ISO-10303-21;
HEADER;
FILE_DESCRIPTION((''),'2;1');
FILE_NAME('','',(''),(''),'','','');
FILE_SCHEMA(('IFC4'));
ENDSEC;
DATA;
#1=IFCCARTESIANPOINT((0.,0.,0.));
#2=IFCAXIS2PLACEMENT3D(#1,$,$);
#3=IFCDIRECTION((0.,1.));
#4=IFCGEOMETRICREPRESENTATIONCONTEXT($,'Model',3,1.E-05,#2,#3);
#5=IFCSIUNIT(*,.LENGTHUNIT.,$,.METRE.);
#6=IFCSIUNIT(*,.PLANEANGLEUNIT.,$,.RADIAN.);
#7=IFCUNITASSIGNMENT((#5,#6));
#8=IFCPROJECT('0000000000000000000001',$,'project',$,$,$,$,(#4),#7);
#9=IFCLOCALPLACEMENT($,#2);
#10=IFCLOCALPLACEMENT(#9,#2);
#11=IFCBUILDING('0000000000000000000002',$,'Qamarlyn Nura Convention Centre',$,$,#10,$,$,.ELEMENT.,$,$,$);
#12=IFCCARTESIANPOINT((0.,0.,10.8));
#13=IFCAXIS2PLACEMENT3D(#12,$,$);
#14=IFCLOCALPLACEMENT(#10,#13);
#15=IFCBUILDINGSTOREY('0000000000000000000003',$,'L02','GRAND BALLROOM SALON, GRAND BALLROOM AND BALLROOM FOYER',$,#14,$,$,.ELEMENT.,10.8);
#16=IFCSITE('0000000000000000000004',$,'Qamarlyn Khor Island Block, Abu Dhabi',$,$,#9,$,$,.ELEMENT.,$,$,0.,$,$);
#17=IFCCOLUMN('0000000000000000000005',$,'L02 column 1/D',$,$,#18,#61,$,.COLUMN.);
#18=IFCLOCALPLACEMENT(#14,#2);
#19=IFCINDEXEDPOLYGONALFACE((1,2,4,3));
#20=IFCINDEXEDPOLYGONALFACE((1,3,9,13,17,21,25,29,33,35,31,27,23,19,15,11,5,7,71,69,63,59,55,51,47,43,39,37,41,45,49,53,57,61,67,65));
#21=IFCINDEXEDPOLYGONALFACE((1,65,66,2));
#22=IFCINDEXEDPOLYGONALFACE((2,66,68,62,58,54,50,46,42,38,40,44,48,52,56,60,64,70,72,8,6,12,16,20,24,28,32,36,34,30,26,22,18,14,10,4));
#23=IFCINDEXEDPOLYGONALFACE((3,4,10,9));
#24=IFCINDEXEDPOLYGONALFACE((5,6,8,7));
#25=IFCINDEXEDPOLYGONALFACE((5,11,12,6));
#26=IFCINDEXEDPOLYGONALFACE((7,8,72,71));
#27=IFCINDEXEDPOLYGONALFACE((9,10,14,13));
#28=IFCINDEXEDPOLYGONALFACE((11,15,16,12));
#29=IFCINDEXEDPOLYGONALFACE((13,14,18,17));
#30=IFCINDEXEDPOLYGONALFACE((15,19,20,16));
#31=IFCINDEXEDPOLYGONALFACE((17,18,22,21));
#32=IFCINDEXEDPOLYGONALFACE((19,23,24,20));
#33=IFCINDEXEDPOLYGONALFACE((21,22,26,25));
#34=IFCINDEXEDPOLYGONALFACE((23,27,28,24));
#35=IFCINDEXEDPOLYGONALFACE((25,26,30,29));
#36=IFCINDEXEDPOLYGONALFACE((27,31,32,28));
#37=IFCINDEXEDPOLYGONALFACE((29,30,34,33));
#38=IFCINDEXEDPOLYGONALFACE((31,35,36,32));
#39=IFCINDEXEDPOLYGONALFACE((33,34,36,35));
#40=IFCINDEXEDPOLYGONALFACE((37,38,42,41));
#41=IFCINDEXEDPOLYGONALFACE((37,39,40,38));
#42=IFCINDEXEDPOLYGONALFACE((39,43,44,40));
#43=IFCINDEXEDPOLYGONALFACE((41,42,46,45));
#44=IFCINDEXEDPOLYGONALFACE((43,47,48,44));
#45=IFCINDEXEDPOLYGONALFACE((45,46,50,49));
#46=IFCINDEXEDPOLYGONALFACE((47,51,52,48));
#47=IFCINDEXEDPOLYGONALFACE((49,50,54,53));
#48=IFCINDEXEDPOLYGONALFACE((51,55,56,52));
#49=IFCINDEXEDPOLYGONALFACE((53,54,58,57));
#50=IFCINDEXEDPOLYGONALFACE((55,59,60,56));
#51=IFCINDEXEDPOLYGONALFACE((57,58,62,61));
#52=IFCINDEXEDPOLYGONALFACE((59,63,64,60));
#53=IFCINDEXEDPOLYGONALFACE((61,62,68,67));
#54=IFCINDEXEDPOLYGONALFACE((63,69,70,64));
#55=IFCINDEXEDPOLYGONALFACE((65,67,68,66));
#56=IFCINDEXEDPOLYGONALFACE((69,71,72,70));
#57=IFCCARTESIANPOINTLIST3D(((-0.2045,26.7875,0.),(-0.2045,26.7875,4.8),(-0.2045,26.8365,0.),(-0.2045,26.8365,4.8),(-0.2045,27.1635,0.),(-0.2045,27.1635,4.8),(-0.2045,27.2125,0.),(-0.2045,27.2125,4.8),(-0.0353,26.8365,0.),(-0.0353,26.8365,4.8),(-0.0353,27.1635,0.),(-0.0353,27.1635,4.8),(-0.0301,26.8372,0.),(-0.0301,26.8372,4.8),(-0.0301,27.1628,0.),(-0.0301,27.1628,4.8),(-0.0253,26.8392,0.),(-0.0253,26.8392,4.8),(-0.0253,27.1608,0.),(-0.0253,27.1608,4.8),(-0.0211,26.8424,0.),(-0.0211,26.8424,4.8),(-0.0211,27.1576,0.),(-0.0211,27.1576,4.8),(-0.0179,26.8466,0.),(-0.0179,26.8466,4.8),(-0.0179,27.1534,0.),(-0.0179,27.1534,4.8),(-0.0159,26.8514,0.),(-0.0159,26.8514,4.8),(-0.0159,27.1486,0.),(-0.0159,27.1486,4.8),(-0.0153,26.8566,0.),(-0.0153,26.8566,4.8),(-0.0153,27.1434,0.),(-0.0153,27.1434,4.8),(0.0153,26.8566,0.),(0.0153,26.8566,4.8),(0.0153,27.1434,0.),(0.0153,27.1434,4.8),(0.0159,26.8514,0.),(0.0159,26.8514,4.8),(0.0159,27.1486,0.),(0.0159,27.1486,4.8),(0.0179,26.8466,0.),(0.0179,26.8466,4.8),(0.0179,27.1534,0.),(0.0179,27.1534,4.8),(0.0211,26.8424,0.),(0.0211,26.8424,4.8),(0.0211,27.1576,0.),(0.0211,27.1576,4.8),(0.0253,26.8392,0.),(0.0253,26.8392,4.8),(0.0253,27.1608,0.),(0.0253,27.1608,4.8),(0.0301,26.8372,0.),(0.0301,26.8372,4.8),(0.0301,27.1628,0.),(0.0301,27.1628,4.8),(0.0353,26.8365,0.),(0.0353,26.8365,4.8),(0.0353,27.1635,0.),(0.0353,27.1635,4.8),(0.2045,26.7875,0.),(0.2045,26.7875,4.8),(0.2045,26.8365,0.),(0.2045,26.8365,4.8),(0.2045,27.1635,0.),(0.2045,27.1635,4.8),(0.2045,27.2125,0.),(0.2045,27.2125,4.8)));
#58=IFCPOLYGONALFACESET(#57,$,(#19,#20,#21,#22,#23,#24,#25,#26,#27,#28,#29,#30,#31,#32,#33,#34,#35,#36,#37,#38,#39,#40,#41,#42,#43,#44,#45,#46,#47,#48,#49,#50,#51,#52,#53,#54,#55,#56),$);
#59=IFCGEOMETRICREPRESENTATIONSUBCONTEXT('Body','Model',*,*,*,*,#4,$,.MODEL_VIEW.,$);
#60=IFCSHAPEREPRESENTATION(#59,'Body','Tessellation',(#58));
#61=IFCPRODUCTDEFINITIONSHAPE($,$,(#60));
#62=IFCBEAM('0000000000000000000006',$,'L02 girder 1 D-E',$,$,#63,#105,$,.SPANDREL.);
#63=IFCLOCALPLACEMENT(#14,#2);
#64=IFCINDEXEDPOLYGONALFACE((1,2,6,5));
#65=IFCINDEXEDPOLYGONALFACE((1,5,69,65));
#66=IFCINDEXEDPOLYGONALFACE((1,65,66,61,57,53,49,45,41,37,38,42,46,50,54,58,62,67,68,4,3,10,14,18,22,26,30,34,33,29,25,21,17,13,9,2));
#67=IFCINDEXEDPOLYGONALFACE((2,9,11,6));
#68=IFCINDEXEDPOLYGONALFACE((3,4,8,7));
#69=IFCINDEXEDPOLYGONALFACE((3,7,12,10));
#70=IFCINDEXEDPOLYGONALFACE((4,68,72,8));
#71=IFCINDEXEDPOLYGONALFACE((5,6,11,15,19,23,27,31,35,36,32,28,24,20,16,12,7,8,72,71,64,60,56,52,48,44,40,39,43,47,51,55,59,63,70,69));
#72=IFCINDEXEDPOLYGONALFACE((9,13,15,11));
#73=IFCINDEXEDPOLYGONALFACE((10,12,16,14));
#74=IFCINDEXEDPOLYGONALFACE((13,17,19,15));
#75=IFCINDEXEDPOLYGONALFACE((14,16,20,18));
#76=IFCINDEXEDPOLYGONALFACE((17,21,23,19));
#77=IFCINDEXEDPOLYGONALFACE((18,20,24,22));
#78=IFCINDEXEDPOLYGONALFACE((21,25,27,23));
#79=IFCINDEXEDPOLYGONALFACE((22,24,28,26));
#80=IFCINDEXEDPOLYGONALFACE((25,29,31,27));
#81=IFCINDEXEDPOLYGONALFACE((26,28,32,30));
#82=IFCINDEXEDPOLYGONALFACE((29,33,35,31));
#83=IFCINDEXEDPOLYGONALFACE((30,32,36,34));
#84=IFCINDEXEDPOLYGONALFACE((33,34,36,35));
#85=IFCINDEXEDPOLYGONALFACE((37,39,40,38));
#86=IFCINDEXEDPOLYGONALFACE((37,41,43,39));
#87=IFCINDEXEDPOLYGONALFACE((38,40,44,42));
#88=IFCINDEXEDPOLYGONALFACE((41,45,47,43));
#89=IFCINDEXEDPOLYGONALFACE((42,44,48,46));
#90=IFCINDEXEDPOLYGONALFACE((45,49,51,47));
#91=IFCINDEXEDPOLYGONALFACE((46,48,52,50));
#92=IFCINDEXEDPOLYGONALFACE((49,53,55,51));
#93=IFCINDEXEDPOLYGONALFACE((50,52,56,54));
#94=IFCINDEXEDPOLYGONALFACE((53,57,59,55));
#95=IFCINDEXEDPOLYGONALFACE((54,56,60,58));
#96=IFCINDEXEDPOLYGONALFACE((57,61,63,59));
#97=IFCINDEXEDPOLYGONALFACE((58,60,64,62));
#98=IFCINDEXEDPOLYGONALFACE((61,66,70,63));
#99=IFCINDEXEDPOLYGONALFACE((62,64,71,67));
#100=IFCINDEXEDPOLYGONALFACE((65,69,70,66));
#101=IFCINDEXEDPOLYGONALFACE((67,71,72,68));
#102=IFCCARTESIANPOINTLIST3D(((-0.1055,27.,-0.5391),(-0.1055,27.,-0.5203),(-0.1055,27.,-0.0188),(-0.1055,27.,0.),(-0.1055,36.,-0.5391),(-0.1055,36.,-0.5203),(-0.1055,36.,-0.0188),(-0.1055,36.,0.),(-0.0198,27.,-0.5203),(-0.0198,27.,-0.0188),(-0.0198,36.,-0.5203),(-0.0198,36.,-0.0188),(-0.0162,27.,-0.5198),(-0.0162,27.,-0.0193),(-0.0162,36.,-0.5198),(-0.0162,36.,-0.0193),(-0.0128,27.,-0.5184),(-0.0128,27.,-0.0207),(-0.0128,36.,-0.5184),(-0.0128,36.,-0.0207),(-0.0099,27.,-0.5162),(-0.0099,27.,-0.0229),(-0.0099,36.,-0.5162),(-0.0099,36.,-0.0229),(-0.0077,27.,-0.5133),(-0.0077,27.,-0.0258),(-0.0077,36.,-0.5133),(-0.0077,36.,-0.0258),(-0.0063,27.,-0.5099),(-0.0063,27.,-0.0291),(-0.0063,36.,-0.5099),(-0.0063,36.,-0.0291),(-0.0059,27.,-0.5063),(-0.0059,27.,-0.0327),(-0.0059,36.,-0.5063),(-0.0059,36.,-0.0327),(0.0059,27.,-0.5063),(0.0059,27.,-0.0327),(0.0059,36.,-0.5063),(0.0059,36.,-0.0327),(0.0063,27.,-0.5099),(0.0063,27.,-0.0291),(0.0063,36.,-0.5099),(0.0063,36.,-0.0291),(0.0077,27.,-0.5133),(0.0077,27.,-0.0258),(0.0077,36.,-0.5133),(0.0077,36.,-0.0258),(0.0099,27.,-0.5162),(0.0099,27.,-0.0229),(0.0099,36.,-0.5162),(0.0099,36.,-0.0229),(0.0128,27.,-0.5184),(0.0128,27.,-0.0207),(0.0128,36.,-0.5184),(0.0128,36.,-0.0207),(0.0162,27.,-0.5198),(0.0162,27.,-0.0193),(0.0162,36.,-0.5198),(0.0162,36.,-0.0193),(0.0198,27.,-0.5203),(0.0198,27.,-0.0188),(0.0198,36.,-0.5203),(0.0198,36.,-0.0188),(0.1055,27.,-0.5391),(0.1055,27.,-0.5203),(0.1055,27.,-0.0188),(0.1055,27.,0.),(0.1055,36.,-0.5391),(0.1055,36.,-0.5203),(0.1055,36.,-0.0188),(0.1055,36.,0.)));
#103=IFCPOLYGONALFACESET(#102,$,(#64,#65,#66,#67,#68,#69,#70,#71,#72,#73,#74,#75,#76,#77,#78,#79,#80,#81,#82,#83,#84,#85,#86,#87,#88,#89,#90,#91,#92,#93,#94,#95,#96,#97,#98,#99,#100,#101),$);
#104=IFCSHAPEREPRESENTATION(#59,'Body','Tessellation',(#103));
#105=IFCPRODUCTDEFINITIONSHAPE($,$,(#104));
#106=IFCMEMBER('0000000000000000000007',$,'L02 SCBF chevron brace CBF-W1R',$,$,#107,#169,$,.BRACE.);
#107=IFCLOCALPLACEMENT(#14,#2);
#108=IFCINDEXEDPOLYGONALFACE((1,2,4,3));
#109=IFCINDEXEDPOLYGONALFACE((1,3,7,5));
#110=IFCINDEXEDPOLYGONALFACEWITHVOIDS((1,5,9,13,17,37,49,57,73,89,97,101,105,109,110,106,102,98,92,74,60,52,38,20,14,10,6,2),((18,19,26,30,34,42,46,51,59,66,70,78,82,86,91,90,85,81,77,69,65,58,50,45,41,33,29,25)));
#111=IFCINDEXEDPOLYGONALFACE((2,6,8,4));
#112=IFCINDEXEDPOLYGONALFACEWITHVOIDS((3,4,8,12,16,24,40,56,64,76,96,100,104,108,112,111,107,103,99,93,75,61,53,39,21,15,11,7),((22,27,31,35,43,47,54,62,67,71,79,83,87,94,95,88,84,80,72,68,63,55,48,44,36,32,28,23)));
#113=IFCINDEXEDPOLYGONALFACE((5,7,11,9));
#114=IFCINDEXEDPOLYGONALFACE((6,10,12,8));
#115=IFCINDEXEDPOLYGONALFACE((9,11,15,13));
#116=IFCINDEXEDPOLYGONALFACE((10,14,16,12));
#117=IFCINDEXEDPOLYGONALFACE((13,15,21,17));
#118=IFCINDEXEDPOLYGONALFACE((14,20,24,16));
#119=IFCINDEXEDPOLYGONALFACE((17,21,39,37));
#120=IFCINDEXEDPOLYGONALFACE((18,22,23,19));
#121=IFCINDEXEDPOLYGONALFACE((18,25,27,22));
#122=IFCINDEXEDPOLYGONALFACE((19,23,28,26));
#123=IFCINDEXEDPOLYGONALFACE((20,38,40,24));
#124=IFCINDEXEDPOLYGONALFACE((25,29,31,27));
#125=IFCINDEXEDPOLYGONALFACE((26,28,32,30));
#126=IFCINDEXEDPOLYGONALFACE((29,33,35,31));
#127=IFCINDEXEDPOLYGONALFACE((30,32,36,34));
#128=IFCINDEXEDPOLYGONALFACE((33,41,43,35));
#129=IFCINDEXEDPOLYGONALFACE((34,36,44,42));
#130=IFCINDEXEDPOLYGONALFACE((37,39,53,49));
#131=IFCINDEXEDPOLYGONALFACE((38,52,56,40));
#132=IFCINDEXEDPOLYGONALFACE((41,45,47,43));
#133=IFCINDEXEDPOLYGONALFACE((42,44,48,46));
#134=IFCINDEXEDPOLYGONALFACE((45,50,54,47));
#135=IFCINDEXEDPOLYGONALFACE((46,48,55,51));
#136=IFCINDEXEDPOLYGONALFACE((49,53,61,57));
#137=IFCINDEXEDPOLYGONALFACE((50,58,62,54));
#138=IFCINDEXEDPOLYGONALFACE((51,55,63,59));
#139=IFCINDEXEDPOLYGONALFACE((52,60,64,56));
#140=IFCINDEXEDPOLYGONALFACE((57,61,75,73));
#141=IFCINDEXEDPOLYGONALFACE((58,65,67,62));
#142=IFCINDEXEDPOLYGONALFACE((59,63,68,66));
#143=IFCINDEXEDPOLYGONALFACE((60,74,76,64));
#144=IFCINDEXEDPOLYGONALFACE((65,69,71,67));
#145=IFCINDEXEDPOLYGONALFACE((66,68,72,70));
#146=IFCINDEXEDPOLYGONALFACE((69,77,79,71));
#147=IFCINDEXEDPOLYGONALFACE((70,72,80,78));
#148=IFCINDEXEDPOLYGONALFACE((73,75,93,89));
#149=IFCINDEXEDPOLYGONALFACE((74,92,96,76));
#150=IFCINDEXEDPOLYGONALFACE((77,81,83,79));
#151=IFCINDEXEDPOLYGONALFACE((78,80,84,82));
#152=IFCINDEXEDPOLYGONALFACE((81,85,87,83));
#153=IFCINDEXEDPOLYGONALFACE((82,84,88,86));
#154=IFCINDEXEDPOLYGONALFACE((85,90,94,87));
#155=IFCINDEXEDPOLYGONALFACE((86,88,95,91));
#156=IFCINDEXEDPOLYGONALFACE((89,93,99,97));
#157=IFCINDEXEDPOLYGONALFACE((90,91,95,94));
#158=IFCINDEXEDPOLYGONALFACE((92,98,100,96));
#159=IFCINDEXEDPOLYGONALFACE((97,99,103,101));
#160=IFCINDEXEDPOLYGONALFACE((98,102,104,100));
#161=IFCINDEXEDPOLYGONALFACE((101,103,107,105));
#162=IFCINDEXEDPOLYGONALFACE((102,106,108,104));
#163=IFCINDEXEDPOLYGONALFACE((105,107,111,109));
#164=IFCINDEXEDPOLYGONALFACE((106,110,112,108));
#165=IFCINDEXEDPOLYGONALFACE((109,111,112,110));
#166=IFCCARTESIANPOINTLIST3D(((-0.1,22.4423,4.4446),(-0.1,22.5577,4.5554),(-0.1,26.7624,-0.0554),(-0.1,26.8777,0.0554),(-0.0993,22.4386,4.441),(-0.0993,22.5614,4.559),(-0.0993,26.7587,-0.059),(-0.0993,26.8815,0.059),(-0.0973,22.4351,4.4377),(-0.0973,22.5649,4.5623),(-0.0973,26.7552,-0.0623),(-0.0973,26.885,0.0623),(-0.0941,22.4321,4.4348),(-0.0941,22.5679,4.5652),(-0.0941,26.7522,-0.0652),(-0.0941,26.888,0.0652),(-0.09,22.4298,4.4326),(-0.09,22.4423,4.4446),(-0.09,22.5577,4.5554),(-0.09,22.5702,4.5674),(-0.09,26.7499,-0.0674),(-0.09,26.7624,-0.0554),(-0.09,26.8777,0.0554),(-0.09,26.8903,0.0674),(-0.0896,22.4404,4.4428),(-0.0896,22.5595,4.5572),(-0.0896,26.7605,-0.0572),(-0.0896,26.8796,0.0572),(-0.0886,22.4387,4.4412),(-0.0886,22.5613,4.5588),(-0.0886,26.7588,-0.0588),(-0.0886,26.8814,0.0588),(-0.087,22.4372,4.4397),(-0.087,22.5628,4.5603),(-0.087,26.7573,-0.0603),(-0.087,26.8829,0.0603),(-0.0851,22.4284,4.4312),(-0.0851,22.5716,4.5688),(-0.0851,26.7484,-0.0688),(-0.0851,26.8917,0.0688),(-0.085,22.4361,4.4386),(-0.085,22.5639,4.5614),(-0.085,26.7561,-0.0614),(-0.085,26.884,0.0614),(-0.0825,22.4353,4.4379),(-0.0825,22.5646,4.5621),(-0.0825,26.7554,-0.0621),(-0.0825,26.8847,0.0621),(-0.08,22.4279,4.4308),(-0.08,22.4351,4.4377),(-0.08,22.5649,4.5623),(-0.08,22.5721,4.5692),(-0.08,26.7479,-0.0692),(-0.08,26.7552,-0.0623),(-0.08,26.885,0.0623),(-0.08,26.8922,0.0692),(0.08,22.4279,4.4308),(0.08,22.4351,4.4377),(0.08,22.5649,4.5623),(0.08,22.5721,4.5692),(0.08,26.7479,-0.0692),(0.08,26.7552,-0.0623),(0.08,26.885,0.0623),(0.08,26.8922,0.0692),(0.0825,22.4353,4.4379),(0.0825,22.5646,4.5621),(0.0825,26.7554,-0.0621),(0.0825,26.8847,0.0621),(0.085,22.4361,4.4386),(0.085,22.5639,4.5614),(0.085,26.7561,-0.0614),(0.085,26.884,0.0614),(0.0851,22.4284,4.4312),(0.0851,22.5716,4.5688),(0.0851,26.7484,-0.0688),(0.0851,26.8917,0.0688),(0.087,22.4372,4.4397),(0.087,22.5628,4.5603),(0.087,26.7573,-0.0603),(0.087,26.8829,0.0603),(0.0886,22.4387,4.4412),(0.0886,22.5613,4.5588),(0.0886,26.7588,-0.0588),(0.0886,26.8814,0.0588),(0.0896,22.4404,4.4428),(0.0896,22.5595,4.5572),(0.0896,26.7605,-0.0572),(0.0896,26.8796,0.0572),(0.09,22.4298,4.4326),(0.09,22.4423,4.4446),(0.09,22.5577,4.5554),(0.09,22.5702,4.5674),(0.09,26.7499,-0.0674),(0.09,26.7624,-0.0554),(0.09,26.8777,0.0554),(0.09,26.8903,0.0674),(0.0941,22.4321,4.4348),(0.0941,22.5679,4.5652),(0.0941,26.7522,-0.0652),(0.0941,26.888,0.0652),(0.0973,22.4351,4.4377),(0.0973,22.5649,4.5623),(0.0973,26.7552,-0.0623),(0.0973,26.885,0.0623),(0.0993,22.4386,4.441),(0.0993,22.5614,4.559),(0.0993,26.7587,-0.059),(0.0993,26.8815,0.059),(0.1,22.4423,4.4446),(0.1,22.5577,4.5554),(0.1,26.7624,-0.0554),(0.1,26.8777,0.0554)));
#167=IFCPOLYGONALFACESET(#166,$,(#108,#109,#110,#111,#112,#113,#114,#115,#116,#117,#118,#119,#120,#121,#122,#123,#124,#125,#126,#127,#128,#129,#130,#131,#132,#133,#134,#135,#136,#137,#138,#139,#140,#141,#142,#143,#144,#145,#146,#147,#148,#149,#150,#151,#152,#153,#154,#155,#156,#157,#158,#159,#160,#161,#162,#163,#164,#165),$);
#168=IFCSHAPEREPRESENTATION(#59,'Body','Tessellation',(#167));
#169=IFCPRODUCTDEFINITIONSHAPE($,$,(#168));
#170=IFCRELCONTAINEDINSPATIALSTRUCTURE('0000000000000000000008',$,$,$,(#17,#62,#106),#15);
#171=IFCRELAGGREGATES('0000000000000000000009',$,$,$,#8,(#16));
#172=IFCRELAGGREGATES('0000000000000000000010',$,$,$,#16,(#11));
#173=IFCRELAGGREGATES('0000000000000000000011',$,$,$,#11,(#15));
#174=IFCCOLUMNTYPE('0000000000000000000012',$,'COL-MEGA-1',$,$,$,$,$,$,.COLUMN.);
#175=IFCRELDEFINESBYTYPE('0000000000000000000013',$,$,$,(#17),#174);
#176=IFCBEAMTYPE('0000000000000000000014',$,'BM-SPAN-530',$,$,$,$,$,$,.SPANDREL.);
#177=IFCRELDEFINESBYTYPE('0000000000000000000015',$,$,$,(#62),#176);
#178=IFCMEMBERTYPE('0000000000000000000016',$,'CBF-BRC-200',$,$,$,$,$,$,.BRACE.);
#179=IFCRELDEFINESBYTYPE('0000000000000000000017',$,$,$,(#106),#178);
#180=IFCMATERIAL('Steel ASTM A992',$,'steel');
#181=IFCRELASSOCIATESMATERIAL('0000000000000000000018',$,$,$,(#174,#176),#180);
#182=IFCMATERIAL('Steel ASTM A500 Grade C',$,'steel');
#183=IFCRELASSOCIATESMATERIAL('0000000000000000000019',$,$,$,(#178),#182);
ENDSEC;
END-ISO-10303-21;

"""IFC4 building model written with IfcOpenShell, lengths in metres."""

from ifc_helpers import new_model, si_unit, direction, frame, origin, origin_2d, place, context, subcontext, project, spatial, hollow_rectangle, i_section, extrude, material, material_profile, profile_set, type_object, element, save


model = new_model("IFC4")

# Units and contexts
model_context = context("Model", 3, precision=1e-05, world=origin(), true_north=direction((0.0, 1.0)))
body_context = subcontext(model_context, "Body", "Model", "MODEL_VIEW")
ifc_project = project(units=[si_unit("LENGTHUNIT", "METRE"), si_unit("PLANEANGLEUNIT", "RADIAN")], contexts=[model_context])

# Site, building, storey
site_placement = place(None, origin())
site = spatial("IfcSite", under=ifc_project, at=site_placement, Name="Qamarlyn Khor Island Block, Abu Dhabi", CompositionType="ELEMENT", RefElevation=0.0)
building_placement = place(site_placement, origin())
building = spatial("IfcBuilding", under=site, at=building_placement, Name="Qamarlyn Nura Convention Centre", CompositionType="ELEMENT")
storey_placement = place(building_placement, frame((0.0, 0.0, 10.8)))
storey = spatial("IfcBuildingStorey", under=building, at=storey_placement, Name="L02", Description="GRAND BALLROOM SALON, GRAND BALLROOM AND BALLROOM FOYER", CompositionType="ELEMENT", Elevation=10.8)

# Column
ifc_material_1 = material(Name="Steel ASTM A992", Category="steel")
ifc_material_profile_1 = material_profile(ifc_material_1, i_section(OverallWidth=0.4089, OverallDepth=0.425, WebThickness=0.0305, FlangeThickness=0.0491, FilletRadius=0.02, at=origin_2d()), Name="W360X421")
ifc_profile_set_1 = profile_set([ifc_material_profile_1], Name="Steel ASTM A992")
column_type = type_object("IfcColumnType", Name="COL-MEGA-1", PredefinedType="COLUMN", material=ifc_profile_set_1)
column_placement = place(storey_placement, frame((0.0, 27.0, 0.0), z_axis=(0.0, 0.0, 1.0), x_axis=(1.0, 0.0, 0.0)))
element("IfcColumn", 1, at=column_placement, inside=storey, type_object=column_type, Name="L02 column 1/D", PredefinedType="COLUMN", context=body_context, shape_type="SweptSolid", body=[
    extrude(i_section(OverallWidth=0.4089, OverallDepth=0.425, WebThickness=0.0305, FlangeThickness=0.0491, FilletRadius=0.02, at=origin_2d()), origin(), (0.0, 0.0, 1.0), 4.8),
])

# Beam
ifc_material_profile_2 = material_profile(ifc_material_1, i_section(OverallWidth=0.2109, OverallDepth=0.5391, WebThickness=0.0117, FlangeThickness=0.0188, FilletRadius=0.0139, at=origin_2d()), Name="W530X109")
ifc_profile_set_2 = profile_set([ifc_material_profile_2], Name="Steel ASTM A992")
beam_type = type_object("IfcBeamType", Name="BM-SPAN-530", PredefinedType="SPANDREL", material=ifc_profile_set_2)
beam_placement = place(storey_placement, frame((0.0, 27.0, -0.2695), z_axis=(0.0, 1.0, 0.0), x_axis=(-1.0, 0.0, 0.0)))
element("IfcBeam", 2, at=beam_placement, inside=storey, type_object=beam_type, Name="L02 girder 1 D-E", PredefinedType="SPANDREL", context=body_context, shape_type="SweptSolid", body=[
    extrude(i_section(OverallWidth=0.2109, OverallDepth=0.5391, WebThickness=0.0117, FlangeThickness=0.0188, FilletRadius=0.0139, at=origin_2d()), origin(), (0.0, 0.0, 1.0), 9.0),
])

# Member
ifc_material_2 = material(Name="Steel ASTM A500 Grade C", Category="steel")
ifc_material_profile_3 = material_profile(ifc_material_2, hollow_rectangle(XDim=0.2, YDim=0.2, WallThickness=0.01, InnerFilletRadius=0.01, OuterFilletRadius=0.02, at=origin_2d()), Name="HSS200X200X10")
ifc_profile_set_3 = profile_set([ifc_material_profile_3], Name="Steel ASTM A500 Grade C")
member_type_1 = type_object("IfcMemberType", Name="CBF-BRC-200", PredefinedType="BRACE", material=ifc_profile_set_3)
member_1_placement = place(storey_placement, frame((0.0, 26.8201, 0.0), z_axis=(0.0, -0.692538, 0.721382), x_axis=(1.0, 0.0, 0.0)))
element("IfcMember", 3, at=member_1_placement, inside=storey, type_object=member_type_1, Name="L02 SCBF chevron brace CBF-W1R", PredefinedType="BRACE", context=body_context, shape_type="SweptSolid", body=[
    extrude(hollow_rectangle(XDim=0.2, YDim=0.2, WallThickness=0.01, InnerFilletRadius=0.01, OuterFilletRadius=0.02, at=origin_2d()), origin(), (0.0, 0.0, 1.0), 6.238),
])

save(model, "model.ifc")
